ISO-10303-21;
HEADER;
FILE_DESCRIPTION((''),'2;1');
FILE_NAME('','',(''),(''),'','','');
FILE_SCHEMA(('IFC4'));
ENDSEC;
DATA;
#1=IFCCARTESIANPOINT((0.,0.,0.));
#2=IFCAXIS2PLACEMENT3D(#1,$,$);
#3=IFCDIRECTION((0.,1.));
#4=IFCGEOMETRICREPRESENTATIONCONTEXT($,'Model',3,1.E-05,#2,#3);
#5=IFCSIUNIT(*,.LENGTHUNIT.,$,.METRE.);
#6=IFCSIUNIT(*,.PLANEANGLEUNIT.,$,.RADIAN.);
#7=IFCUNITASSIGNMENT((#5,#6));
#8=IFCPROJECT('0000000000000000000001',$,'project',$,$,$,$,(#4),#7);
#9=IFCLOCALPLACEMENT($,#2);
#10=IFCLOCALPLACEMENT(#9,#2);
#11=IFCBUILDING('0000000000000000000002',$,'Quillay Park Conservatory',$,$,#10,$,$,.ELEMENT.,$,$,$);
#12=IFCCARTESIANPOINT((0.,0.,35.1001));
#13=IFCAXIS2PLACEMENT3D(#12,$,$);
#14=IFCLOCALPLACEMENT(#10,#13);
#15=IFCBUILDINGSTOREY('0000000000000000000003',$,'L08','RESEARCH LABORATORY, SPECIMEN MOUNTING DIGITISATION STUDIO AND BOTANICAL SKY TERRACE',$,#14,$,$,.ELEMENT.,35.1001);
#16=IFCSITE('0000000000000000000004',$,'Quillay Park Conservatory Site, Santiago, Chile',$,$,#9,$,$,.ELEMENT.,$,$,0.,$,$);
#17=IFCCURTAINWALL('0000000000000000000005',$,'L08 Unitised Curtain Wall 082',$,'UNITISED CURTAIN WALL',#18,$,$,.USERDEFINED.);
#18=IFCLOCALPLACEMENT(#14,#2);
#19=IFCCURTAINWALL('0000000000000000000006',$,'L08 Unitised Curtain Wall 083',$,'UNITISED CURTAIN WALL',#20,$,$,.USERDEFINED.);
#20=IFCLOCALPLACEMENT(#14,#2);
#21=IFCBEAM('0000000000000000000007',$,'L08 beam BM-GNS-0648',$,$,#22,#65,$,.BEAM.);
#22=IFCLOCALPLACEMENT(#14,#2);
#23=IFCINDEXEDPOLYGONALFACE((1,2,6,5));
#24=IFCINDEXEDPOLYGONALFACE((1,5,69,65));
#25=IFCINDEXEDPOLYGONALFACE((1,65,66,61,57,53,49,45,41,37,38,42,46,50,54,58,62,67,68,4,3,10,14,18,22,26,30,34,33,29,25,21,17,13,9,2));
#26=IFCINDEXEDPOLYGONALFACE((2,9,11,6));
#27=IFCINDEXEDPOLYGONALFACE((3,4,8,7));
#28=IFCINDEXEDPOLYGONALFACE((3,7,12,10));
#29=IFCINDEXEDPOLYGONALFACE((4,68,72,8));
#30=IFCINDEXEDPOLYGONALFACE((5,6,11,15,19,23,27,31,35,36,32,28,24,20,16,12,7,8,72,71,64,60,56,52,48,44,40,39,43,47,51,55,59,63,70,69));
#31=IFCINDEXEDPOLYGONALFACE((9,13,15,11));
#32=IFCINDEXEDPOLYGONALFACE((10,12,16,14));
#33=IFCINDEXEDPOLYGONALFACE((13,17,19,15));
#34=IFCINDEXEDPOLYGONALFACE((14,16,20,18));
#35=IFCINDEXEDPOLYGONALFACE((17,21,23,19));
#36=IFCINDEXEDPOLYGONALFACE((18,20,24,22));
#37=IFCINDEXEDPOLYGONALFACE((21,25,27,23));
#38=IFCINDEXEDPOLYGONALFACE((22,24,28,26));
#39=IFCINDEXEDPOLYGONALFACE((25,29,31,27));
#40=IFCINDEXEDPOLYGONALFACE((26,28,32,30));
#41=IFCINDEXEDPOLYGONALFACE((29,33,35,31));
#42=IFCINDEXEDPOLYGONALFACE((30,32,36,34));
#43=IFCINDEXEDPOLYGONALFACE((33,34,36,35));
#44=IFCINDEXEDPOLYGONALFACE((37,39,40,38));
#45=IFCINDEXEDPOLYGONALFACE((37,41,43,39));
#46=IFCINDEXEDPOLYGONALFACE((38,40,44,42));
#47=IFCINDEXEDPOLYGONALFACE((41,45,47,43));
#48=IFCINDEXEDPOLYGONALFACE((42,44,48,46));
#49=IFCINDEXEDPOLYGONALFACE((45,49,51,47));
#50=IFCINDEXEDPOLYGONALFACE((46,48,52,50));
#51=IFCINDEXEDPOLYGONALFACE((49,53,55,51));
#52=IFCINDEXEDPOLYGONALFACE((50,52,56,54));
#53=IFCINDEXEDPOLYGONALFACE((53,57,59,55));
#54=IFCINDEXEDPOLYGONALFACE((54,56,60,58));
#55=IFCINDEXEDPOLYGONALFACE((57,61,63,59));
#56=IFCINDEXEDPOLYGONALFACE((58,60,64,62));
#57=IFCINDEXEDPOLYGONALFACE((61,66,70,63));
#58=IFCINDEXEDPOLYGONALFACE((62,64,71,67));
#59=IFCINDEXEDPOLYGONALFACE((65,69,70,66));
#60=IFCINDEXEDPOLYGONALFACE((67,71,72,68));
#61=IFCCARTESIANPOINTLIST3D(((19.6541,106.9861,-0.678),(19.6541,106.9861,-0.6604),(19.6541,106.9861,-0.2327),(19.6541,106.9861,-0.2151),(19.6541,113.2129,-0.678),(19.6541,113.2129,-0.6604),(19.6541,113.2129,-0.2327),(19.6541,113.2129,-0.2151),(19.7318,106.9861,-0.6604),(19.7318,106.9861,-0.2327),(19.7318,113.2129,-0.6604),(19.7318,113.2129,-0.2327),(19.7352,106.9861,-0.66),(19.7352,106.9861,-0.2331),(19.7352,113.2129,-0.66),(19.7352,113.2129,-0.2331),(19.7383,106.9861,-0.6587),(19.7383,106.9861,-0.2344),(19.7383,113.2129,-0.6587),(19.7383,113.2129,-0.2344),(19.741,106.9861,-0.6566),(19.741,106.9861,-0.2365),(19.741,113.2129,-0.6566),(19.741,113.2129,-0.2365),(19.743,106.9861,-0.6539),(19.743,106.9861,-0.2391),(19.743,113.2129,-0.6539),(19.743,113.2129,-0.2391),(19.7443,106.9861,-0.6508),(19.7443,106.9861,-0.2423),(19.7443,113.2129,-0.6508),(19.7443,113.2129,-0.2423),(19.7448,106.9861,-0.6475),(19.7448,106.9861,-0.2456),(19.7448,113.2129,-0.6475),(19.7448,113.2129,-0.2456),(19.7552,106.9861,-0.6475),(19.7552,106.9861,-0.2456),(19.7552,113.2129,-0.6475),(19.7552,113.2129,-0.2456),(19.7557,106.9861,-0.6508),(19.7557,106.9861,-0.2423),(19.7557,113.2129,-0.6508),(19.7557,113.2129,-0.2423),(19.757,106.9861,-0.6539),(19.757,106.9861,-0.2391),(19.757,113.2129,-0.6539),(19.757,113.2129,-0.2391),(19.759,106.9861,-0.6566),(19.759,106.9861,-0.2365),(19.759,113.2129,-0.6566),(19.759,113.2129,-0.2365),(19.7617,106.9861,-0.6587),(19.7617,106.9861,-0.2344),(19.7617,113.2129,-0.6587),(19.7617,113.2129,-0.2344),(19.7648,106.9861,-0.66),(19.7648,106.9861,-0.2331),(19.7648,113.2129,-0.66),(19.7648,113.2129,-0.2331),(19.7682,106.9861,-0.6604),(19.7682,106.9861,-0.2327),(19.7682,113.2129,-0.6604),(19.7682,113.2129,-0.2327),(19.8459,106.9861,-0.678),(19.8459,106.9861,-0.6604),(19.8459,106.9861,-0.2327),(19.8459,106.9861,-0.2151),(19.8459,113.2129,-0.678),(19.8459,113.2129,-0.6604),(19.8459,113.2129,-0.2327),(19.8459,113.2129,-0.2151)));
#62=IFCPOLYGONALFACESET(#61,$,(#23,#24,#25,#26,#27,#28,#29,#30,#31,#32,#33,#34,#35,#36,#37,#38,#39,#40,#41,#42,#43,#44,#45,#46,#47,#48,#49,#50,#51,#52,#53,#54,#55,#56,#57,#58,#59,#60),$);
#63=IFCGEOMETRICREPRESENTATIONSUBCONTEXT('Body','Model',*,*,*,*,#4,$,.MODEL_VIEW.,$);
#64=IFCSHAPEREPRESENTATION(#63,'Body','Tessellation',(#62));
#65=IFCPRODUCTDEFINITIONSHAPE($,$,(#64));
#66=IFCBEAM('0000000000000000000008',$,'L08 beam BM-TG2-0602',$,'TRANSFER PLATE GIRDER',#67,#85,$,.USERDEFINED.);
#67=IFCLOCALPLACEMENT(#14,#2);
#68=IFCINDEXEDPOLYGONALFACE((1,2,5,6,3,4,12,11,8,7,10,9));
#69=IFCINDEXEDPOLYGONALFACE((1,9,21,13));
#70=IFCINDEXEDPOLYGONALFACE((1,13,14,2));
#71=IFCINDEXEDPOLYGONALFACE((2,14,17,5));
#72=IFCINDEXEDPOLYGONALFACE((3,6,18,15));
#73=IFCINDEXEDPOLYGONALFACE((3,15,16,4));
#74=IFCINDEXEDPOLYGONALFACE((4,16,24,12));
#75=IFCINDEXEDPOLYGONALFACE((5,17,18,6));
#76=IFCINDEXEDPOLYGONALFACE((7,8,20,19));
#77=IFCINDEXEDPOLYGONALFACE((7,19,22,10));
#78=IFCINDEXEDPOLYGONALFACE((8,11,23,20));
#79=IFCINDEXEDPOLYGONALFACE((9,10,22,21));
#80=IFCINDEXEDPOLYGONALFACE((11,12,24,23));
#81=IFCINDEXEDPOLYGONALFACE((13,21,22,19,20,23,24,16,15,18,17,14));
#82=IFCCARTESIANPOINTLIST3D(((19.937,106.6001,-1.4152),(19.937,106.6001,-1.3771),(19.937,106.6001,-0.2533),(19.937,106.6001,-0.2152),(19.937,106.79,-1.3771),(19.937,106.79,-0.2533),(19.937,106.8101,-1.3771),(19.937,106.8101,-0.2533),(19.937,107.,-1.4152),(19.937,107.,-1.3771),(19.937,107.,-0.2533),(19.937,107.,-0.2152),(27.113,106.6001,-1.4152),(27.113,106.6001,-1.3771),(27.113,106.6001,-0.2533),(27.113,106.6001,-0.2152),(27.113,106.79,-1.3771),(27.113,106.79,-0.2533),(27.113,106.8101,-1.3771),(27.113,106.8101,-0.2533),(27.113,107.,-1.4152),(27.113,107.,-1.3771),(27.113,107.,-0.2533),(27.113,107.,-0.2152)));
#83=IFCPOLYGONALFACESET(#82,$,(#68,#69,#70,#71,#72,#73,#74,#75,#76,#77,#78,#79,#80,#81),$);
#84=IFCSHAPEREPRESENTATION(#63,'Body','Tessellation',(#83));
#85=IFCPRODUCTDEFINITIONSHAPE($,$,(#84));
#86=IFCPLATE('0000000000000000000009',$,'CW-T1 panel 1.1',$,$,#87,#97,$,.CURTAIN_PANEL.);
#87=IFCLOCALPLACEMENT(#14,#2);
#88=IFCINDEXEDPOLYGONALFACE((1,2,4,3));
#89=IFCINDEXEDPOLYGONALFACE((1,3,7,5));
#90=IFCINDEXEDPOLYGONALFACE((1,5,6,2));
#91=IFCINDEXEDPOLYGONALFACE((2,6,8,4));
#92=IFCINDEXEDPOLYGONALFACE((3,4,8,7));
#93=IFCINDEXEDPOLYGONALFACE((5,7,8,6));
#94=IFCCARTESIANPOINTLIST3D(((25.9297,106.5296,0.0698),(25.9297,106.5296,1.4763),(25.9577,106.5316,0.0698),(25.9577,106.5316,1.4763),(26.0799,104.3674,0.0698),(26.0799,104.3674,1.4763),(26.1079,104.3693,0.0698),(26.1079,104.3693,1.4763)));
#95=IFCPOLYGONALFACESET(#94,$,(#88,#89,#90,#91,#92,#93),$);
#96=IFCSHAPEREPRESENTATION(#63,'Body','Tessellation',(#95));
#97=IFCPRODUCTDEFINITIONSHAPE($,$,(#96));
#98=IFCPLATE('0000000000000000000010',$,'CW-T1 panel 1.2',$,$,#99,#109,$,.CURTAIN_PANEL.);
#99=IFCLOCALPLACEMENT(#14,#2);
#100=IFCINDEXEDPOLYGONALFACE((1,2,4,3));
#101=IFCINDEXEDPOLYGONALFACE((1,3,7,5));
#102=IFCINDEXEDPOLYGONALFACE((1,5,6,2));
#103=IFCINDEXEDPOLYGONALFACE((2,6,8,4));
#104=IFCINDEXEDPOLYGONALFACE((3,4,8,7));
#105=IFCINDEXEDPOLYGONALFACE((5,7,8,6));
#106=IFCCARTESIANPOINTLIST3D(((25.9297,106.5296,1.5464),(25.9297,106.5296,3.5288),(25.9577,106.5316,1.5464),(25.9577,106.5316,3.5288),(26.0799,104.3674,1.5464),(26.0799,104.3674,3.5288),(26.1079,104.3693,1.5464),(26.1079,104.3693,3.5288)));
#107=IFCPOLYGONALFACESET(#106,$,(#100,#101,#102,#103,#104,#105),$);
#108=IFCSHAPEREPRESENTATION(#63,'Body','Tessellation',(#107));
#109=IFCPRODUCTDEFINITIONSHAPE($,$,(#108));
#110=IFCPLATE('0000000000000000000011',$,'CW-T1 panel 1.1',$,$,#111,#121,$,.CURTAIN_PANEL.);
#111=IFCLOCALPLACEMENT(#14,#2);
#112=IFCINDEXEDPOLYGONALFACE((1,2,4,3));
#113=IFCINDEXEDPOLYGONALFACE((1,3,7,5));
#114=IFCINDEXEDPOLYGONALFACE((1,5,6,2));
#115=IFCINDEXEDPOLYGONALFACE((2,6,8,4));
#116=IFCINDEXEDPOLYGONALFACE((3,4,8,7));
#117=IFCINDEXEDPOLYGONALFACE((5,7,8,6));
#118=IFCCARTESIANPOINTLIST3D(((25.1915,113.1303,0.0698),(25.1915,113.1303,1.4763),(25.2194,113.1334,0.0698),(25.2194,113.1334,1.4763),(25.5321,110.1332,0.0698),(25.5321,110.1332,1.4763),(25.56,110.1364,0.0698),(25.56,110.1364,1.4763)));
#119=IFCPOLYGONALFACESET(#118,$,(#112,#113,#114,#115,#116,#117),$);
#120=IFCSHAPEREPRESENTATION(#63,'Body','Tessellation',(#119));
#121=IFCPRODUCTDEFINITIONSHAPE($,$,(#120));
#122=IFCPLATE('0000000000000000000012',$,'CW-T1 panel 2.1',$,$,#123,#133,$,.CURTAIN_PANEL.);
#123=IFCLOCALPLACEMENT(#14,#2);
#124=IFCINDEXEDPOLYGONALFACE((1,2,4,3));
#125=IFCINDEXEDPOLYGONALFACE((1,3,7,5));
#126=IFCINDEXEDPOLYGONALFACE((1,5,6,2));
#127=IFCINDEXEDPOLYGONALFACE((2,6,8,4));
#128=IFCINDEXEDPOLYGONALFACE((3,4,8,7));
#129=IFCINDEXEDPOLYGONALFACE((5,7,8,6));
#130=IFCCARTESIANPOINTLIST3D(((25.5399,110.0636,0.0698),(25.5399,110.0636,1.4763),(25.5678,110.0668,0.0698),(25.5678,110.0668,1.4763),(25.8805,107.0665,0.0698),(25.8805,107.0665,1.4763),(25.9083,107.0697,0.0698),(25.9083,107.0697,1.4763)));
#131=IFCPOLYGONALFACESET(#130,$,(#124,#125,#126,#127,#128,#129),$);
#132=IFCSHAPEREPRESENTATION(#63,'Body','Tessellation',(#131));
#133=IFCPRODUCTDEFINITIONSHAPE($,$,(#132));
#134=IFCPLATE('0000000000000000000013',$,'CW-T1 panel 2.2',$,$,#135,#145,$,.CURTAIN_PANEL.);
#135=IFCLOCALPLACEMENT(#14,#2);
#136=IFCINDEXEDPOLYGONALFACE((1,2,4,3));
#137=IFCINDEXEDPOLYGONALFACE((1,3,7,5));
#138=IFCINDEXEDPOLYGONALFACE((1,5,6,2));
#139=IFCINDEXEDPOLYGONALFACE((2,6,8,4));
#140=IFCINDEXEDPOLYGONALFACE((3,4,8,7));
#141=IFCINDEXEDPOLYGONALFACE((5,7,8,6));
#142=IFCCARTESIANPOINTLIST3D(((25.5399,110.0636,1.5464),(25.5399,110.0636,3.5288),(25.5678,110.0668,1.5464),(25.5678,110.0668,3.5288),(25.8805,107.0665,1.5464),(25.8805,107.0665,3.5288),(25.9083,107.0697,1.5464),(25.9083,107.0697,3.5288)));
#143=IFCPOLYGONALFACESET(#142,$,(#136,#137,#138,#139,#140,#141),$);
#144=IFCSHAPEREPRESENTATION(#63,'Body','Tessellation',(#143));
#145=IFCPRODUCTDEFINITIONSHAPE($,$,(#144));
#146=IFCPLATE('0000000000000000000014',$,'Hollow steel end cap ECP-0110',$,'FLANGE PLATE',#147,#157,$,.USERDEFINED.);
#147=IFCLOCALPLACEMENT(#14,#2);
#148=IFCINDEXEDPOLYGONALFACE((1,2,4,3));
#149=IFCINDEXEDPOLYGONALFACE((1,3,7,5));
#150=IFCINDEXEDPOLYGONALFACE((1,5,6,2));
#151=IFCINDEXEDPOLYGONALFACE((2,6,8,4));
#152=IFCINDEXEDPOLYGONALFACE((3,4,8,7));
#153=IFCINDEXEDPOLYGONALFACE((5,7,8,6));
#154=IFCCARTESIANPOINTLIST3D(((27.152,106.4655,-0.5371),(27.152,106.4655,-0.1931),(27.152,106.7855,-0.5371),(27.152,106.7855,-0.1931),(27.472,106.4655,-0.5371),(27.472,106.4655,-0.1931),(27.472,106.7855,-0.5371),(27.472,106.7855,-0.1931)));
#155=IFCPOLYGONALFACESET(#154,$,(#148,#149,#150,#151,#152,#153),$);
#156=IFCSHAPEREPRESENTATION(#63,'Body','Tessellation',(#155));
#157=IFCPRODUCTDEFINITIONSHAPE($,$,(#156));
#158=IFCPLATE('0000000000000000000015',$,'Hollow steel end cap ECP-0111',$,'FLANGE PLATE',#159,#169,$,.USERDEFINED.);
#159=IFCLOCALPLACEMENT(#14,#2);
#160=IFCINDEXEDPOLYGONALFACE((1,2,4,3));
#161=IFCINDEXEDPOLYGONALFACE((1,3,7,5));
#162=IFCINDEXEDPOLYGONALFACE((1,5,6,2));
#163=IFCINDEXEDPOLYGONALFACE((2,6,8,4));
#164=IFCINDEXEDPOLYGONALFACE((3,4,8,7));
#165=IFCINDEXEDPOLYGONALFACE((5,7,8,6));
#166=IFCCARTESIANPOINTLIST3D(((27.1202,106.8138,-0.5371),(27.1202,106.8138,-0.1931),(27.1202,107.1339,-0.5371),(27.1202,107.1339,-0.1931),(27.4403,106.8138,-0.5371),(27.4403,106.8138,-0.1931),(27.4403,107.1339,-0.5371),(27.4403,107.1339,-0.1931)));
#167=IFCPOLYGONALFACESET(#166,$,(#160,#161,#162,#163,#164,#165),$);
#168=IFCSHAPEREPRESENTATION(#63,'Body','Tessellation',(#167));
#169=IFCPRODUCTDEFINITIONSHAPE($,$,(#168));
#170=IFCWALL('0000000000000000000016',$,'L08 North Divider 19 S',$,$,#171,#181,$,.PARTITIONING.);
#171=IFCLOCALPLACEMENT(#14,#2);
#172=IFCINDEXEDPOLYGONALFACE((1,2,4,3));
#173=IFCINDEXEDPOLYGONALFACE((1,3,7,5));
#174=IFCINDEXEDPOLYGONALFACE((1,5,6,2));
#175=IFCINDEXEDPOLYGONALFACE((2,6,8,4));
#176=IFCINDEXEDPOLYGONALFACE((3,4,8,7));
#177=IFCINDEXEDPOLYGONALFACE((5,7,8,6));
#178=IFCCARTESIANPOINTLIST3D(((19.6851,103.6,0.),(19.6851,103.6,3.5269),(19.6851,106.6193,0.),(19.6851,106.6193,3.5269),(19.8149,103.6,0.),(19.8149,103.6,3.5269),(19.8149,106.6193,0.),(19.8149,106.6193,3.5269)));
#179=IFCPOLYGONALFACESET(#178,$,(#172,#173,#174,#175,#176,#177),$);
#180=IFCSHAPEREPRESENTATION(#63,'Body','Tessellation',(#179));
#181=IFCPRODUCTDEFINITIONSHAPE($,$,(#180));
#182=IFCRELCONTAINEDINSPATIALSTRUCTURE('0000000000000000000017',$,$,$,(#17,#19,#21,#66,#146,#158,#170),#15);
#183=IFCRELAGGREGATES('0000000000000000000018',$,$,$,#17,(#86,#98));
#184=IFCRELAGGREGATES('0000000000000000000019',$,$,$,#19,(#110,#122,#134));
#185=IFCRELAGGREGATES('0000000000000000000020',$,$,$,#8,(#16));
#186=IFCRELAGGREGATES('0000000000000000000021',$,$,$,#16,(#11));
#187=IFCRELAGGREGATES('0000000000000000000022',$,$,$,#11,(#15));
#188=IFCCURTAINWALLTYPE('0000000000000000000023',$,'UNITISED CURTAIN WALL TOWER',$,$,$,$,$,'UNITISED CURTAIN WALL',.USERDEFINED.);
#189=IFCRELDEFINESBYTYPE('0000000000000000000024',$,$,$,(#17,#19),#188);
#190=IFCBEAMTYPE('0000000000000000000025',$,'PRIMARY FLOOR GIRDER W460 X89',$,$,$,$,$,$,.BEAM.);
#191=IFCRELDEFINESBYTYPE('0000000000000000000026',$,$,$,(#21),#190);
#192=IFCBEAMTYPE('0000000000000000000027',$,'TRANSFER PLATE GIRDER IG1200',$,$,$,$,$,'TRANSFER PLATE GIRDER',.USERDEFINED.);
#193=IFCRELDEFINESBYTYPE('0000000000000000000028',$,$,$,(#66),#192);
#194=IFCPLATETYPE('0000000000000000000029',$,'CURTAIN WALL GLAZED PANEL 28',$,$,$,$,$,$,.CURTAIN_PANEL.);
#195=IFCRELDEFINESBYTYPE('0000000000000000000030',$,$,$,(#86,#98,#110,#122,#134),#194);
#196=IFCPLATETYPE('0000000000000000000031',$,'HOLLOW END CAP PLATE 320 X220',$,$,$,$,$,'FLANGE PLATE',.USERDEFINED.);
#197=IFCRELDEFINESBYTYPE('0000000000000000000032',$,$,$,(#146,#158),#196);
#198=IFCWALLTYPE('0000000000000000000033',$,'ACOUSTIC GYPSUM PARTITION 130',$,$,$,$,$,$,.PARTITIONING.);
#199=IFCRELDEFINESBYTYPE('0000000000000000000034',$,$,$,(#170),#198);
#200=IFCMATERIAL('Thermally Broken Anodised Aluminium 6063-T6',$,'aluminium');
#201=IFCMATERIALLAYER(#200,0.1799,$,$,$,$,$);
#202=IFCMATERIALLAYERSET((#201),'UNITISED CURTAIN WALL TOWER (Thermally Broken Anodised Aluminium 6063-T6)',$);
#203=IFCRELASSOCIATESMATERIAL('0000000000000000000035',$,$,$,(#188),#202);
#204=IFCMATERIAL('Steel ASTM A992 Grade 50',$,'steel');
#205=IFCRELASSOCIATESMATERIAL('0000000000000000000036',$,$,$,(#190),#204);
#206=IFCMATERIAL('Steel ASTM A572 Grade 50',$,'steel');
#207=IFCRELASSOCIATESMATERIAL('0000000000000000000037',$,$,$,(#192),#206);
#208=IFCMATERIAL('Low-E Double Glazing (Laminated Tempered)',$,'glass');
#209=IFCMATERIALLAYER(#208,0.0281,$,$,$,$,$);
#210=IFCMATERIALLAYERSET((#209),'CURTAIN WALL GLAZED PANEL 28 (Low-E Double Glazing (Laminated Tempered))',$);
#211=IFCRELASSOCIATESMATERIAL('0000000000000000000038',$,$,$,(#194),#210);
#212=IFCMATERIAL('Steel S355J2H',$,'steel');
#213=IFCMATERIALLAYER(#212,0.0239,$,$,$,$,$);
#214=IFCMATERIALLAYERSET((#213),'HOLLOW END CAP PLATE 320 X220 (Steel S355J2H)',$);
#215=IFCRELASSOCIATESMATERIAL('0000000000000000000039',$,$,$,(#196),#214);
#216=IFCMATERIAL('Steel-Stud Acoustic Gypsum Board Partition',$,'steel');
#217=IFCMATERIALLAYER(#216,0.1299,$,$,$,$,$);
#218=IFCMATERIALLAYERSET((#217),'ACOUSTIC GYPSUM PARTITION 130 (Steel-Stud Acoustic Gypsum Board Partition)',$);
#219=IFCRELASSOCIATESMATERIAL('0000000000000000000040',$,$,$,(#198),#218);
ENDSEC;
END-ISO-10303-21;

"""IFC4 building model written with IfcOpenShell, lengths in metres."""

from ifc_helpers import new_model, si_unit, direction, frame, frame_2d, origin, origin_2d, place, context, subcontext, project, spatial, rectangle, i_section, extrude, material, layer, layer_set, material_profile, profile_set, type_object, element, aggregate, save


model = new_model("IFC4")

# Units and contexts
model_context = context("Model", 3, precision=1e-05, world=origin(), true_north=direction((0.0, 1.0)))
body_context = subcontext(model_context, "Body", "Model", "MODEL_VIEW")
ifc_project = project(units=[si_unit("LENGTHUNIT", "METRE"), si_unit("PLANEANGLEUNIT", "RADIAN")], contexts=[model_context])

# Site, building, storey
site_placement = place(None, origin())
site = spatial("IfcSite", under=ifc_project, at=site_placement, Name="Quillay Park Conservatory Site, Santiago, Chile", CompositionType="ELEMENT", RefElevation=0.0)
building_placement = place(site_placement, origin())
building = spatial("IfcBuilding", under=site, at=building_placement, Name="Quillay Park Conservatory", CompositionType="ELEMENT")
storey_placement = place(building_placement, frame((0.0, 0.0, 35.1001)))
storey = spatial("IfcBuildingStorey", under=building, at=storey_placement, Name="L08", Description="RESEARCH LABORATORY, SPECIMEN MOUNTING DIGITISATION STUDIO AND BOTANICAL SKY TERRACE", CompositionType="ELEMENT", Elevation=35.1001)

# Curtain wall
ifc_material_1 = material(Name="Thermally Broken Anodised Aluminium 6063-T6", Category="aluminium")
ifc_layer_1 = layer(ifc_material_1, 0.1799)
ifc_layer_set_1 = layer_set([ifc_layer_1], Name="UNITISED CURTAIN WALL TOWER (Thermally Broken Anodised Aluminium 6063-T6)")
curtain_wall_type = type_object("IfcCurtainWallType", Name="UNITISED CURTAIN WALL TOWER", ElementType="UNITISED CURTAIN WALL", PredefinedType="USERDEFINED", material=ifc_layer_set_1)
curtain_wall_1_placement = place(storey_placement, origin())
curtain_wall_1 = element("IfcCurtainWall", 1, at=curtain_wall_1_placement, inside=storey, type_object=curtain_wall_type, Name="L08 Unitised Curtain Wall 082", ObjectType="UNITISED CURTAIN WALL", PredefinedType="USERDEFINED")

# Curtain wall
curtain_wall_2_placement = place(storey_placement, origin())
curtain_wall_2 = element("IfcCurtainWall", 2, at=curtain_wall_2_placement, inside=storey, type_object=curtain_wall_type, Name="L08 Unitised Curtain Wall 083", ObjectType="UNITISED CURTAIN WALL", PredefinedType="USERDEFINED")

# Beams
ifc_material_2 = material(Name="Steel ASTM A992 Grade 50", Category="steel")
ifc_material_profile_1 = material_profile(ifc_material_2, i_section(OverallWidth=0.1919, OverallDepth=0.4629, WebThickness=0.0105, FlangeThickness=0.0176, FilletRadius=0.0129, at=origin_2d()), Name="W460x89")
ifc_profile_set_1 = profile_set([ifc_material_profile_1], Name="Steel ASTM A992 Grade 50")
beam_type_1 = type_object("IfcBeamType", Name="PRIMARY FLOOR GIRDER W460 X89", PredefinedType="BEAM", material=ifc_profile_set_1)
beam_1_placement = place(storey_placement, frame((19.75, 106.9861, -0.4465), z_axis=(0.0, 1.0, 0.0), x_axis=(-1.0, 0.0, 0.0)))
element("IfcBeam", 3, at=beam_1_placement, inside=storey, type_object=beam_type_1, Name="L08 beam BM-GNS-0648", PredefinedType="BEAM", context=body_context, shape_type="SweptSolid", body=[
    extrude(i_section(OverallWidth=0.1919, OverallDepth=0.4629, WebThickness=0.0105, FlangeThickness=0.0176, FilletRadius=0.0129, at=origin_2d()), origin(), (0.0, 0.0, 1.0), 6.2268),
])
ifc_material_3 = material(Name="Steel ASTM A572 Grade 50", Category="steel")
ifc_material_profile_2 = material_profile(ifc_material_3, i_section(OverallWidth=0.3999, OverallDepth=1.2, WebThickness=0.02, FlangeThickness=0.0381, at=origin_2d()), Name="IG1200x400")
ifc_profile_set_2 = profile_set([ifc_material_profile_2], Name="Steel ASTM A572 Grade 50")
beam_type_2 = type_object("IfcBeamType", Name="TRANSFER PLATE GIRDER IG1200", ElementType="TRANSFER PLATE GIRDER", PredefinedType="USERDEFINED", material=ifc_profile_set_2)
beam_2_placement = place(storey_placement, frame((19.937, 106.8, -0.8152), z_axis=(1.0, 0.0, 0.0), x_axis=(0.0, 1.0, 0.0)))
element("IfcBeam", 4, at=beam_2_placement, inside=storey, type_object=beam_type_2, Name="L08 beam BM-TG2-0602", ObjectType="TRANSFER PLATE GIRDER", PredefinedType="USERDEFINED", context=body_context, shape_type="SweptSolid", body=[
    extrude(i_section(OverallWidth=0.3999, OverallDepth=1.2, WebThickness=0.02, FlangeThickness=0.0381, at=origin_2d()), origin(), (0.0, 0.0, 1.0), 7.176),
])

# Plates
ifc_material_4 = material(Name="Low-E Double Glazing (Laminated Tempered)", Category="glass")
ifc_layer_2 = layer(ifc_material_4, 0.0281)
ifc_layer_set_2 = layer_set([ifc_layer_2], Name="CURTAIN WALL GLAZED PANEL 28 (Low-E Double Glazing (Laminated Tempered))")
plate_type_1 = type_object("IfcPlateType", Name="CURTAIN WALL GLAZED PANEL 28", PredefinedType="CURTAIN_PANEL", material=ifc_layer_set_2)
plate_1_placement = place(storey_placement, frame((26.0188, 105.4495, 0.0698), z_axis=(0.0, 0.0, 1.0), x_axis=(0.069264, -0.997598, 0.0)))
plate_1 = element("IfcPlate", 5, at=plate_1_placement, type_object=plate_type_1, Name="CW-T1 panel 1.1", PredefinedType="CURTAIN_PANEL", context=body_context, shape_type="SweptSolid", body=[
    extrude(rectangle(XDim=2.1675, YDim=0.0281, at=origin_2d()), origin(), (0.0, 0.0, 1.0), 1.4065),
])
plate_2_placement = place(storey_placement, frame((26.0188, 105.4495, 1.5464), z_axis=(0.0, 0.0, 1.0), x_axis=(0.069264, -0.997598, 0.0)))
plate_2 = element("IfcPlate", 6, at=plate_2_placement, type_object=plate_type_1, Name="CW-T1 panel 1.2", PredefinedType="CURTAIN_PANEL", context=body_context, shape_type="SweptSolid", body=[
    extrude(rectangle(XDim=2.1675, YDim=0.0281, at=origin_2d()), origin(), (0.0, 0.0, 1.0), 1.9824),
])
aggregate(curtain_wall_1, [plate_1, plate_2])
plate_3_placement = place(storey_placement, frame((25.3757, 111.6333, 0.0698), z_axis=(0.0, 0.0, 1.0), x_axis=(0.112903, -0.993606, 0.0)))
plate_3 = element("IfcPlate", 7, at=plate_3_placement, type_object=plate_type_1, Name="CW-T1 panel 1.1", PredefinedType="CURTAIN_PANEL", context=body_context, shape_type="SweptSolid", body=[
    extrude(rectangle(XDim=3.0164, YDim=0.0281, at=origin_2d()), origin(), (0.0, 0.0, 1.0), 1.4065),
])
plate_4_placement = place(storey_placement, frame((25.7241, 108.5667, 0.0698), z_axis=(0.0, 0.0, 1.0), x_axis=(0.112903, -0.993606, 0.0)))
plate_4 = element("IfcPlate", 8, at=plate_4_placement, type_object=plate_type_1, Name="CW-T1 panel 2.1", PredefinedType="CURTAIN_PANEL", context=body_context, shape_type="SweptSolid", body=[
    extrude(rectangle(XDim=3.0164, YDim=0.0281, at=origin_2d()), origin(), (0.0, 0.0, 1.0), 1.4065),
])
plate_5_placement = place(storey_placement, frame((25.7241, 108.5667, 1.5464), z_axis=(0.0, 0.0, 1.0), x_axis=(0.112903, -0.993606, 0.0)))
plate_5 = element("IfcPlate", 9, at=plate_5_placement, type_object=plate_type_1, Name="CW-T1 panel 2.2", PredefinedType="CURTAIN_PANEL", context=body_context, shape_type="SweptSolid", body=[
    extrude(rectangle(XDim=3.0164, YDim=0.0281, at=origin_2d()), origin(), (0.0, 0.0, 1.0), 1.9824),
])
aggregate(curtain_wall_2, [plate_3, plate_4, plate_5])

# Plates
ifc_material_5 = material(Name="Steel S355J2H", Category="steel")
ifc_layer_3 = layer(ifc_material_5, 0.0239)
ifc_layer_set_3 = layer_set([ifc_layer_3], Name="HOLLOW END CAP PLATE 320 X220 (Steel S355J2H)")
plate_type_2 = type_object("IfcPlateType", Name="HOLLOW END CAP PLATE 320 X220", ElementType="FLANGE PLATE", PredefinedType="USERDEFINED", material=ifc_layer_set_3)
for number, where, z_axis, x_axis, name in (
    (10, (27.312, 106.6255, -0.5371), (0.0, 0.0, 1.0), (1.0, 0.0, 0.0), "Hollow steel end cap ECP-0110"),
    (11, (27.2803, 106.9739, -0.5371), (0.0, 0.0, 1.0), (1.0, 0.0, 0.0), "Hollow steel end cap ECP-0111"),
):
    element("IfcPlate", number, at=place(storey_placement, frame(where, z_axis=z_axis, x_axis=x_axis)), inside=storey, type_object=plate_type_2, Name=name, ObjectType="FLANGE PLATE", PredefinedType="USERDEFINED", context=body_context, shape_type="SweptSolid", body=[
        extrude(rectangle(XDim=0.3201, YDim=0.3201, at=origin_2d()), origin(), (0.0, 0.0, 1.0), 0.344),
    ])

# Wall
ifc_material_6 = material(Name="Steel-Stud Acoustic Gypsum Board Partition", Category="steel")
ifc_layer_4 = layer(ifc_material_6, 0.1299)
ifc_layer_set_4 = layer_set([ifc_layer_4], Name="ACOUSTIC GYPSUM PARTITION 130 (Steel-Stud Acoustic Gypsum Board Partition)")
wall_type = type_object("IfcWallType", Name="ACOUSTIC GYPSUM PARTITION 130", PredefinedType="PARTITIONING", material=ifc_layer_set_4)
wall_placement = place(storey_placement, frame((19.75, 106.6194, 0.0), z_axis=(0.0, 0.0, 1.0), x_axis=(0.0, -1.0, 0.0)))
element("IfcWall", 12, at=wall_placement, inside=storey, type_object=wall_type, Name="L08 North Divider 19 S", PredefinedType="PARTITIONING", context=body_context, shape_type="SweptSolid", body=[
    extrude(rectangle(XDim=3.0193, YDim=0.1299, at=frame_2d((1.5098, 0.0))), origin(), (0.0, 0.0, 1.0), 3.5269),
])

save(model, "model.ifc")
